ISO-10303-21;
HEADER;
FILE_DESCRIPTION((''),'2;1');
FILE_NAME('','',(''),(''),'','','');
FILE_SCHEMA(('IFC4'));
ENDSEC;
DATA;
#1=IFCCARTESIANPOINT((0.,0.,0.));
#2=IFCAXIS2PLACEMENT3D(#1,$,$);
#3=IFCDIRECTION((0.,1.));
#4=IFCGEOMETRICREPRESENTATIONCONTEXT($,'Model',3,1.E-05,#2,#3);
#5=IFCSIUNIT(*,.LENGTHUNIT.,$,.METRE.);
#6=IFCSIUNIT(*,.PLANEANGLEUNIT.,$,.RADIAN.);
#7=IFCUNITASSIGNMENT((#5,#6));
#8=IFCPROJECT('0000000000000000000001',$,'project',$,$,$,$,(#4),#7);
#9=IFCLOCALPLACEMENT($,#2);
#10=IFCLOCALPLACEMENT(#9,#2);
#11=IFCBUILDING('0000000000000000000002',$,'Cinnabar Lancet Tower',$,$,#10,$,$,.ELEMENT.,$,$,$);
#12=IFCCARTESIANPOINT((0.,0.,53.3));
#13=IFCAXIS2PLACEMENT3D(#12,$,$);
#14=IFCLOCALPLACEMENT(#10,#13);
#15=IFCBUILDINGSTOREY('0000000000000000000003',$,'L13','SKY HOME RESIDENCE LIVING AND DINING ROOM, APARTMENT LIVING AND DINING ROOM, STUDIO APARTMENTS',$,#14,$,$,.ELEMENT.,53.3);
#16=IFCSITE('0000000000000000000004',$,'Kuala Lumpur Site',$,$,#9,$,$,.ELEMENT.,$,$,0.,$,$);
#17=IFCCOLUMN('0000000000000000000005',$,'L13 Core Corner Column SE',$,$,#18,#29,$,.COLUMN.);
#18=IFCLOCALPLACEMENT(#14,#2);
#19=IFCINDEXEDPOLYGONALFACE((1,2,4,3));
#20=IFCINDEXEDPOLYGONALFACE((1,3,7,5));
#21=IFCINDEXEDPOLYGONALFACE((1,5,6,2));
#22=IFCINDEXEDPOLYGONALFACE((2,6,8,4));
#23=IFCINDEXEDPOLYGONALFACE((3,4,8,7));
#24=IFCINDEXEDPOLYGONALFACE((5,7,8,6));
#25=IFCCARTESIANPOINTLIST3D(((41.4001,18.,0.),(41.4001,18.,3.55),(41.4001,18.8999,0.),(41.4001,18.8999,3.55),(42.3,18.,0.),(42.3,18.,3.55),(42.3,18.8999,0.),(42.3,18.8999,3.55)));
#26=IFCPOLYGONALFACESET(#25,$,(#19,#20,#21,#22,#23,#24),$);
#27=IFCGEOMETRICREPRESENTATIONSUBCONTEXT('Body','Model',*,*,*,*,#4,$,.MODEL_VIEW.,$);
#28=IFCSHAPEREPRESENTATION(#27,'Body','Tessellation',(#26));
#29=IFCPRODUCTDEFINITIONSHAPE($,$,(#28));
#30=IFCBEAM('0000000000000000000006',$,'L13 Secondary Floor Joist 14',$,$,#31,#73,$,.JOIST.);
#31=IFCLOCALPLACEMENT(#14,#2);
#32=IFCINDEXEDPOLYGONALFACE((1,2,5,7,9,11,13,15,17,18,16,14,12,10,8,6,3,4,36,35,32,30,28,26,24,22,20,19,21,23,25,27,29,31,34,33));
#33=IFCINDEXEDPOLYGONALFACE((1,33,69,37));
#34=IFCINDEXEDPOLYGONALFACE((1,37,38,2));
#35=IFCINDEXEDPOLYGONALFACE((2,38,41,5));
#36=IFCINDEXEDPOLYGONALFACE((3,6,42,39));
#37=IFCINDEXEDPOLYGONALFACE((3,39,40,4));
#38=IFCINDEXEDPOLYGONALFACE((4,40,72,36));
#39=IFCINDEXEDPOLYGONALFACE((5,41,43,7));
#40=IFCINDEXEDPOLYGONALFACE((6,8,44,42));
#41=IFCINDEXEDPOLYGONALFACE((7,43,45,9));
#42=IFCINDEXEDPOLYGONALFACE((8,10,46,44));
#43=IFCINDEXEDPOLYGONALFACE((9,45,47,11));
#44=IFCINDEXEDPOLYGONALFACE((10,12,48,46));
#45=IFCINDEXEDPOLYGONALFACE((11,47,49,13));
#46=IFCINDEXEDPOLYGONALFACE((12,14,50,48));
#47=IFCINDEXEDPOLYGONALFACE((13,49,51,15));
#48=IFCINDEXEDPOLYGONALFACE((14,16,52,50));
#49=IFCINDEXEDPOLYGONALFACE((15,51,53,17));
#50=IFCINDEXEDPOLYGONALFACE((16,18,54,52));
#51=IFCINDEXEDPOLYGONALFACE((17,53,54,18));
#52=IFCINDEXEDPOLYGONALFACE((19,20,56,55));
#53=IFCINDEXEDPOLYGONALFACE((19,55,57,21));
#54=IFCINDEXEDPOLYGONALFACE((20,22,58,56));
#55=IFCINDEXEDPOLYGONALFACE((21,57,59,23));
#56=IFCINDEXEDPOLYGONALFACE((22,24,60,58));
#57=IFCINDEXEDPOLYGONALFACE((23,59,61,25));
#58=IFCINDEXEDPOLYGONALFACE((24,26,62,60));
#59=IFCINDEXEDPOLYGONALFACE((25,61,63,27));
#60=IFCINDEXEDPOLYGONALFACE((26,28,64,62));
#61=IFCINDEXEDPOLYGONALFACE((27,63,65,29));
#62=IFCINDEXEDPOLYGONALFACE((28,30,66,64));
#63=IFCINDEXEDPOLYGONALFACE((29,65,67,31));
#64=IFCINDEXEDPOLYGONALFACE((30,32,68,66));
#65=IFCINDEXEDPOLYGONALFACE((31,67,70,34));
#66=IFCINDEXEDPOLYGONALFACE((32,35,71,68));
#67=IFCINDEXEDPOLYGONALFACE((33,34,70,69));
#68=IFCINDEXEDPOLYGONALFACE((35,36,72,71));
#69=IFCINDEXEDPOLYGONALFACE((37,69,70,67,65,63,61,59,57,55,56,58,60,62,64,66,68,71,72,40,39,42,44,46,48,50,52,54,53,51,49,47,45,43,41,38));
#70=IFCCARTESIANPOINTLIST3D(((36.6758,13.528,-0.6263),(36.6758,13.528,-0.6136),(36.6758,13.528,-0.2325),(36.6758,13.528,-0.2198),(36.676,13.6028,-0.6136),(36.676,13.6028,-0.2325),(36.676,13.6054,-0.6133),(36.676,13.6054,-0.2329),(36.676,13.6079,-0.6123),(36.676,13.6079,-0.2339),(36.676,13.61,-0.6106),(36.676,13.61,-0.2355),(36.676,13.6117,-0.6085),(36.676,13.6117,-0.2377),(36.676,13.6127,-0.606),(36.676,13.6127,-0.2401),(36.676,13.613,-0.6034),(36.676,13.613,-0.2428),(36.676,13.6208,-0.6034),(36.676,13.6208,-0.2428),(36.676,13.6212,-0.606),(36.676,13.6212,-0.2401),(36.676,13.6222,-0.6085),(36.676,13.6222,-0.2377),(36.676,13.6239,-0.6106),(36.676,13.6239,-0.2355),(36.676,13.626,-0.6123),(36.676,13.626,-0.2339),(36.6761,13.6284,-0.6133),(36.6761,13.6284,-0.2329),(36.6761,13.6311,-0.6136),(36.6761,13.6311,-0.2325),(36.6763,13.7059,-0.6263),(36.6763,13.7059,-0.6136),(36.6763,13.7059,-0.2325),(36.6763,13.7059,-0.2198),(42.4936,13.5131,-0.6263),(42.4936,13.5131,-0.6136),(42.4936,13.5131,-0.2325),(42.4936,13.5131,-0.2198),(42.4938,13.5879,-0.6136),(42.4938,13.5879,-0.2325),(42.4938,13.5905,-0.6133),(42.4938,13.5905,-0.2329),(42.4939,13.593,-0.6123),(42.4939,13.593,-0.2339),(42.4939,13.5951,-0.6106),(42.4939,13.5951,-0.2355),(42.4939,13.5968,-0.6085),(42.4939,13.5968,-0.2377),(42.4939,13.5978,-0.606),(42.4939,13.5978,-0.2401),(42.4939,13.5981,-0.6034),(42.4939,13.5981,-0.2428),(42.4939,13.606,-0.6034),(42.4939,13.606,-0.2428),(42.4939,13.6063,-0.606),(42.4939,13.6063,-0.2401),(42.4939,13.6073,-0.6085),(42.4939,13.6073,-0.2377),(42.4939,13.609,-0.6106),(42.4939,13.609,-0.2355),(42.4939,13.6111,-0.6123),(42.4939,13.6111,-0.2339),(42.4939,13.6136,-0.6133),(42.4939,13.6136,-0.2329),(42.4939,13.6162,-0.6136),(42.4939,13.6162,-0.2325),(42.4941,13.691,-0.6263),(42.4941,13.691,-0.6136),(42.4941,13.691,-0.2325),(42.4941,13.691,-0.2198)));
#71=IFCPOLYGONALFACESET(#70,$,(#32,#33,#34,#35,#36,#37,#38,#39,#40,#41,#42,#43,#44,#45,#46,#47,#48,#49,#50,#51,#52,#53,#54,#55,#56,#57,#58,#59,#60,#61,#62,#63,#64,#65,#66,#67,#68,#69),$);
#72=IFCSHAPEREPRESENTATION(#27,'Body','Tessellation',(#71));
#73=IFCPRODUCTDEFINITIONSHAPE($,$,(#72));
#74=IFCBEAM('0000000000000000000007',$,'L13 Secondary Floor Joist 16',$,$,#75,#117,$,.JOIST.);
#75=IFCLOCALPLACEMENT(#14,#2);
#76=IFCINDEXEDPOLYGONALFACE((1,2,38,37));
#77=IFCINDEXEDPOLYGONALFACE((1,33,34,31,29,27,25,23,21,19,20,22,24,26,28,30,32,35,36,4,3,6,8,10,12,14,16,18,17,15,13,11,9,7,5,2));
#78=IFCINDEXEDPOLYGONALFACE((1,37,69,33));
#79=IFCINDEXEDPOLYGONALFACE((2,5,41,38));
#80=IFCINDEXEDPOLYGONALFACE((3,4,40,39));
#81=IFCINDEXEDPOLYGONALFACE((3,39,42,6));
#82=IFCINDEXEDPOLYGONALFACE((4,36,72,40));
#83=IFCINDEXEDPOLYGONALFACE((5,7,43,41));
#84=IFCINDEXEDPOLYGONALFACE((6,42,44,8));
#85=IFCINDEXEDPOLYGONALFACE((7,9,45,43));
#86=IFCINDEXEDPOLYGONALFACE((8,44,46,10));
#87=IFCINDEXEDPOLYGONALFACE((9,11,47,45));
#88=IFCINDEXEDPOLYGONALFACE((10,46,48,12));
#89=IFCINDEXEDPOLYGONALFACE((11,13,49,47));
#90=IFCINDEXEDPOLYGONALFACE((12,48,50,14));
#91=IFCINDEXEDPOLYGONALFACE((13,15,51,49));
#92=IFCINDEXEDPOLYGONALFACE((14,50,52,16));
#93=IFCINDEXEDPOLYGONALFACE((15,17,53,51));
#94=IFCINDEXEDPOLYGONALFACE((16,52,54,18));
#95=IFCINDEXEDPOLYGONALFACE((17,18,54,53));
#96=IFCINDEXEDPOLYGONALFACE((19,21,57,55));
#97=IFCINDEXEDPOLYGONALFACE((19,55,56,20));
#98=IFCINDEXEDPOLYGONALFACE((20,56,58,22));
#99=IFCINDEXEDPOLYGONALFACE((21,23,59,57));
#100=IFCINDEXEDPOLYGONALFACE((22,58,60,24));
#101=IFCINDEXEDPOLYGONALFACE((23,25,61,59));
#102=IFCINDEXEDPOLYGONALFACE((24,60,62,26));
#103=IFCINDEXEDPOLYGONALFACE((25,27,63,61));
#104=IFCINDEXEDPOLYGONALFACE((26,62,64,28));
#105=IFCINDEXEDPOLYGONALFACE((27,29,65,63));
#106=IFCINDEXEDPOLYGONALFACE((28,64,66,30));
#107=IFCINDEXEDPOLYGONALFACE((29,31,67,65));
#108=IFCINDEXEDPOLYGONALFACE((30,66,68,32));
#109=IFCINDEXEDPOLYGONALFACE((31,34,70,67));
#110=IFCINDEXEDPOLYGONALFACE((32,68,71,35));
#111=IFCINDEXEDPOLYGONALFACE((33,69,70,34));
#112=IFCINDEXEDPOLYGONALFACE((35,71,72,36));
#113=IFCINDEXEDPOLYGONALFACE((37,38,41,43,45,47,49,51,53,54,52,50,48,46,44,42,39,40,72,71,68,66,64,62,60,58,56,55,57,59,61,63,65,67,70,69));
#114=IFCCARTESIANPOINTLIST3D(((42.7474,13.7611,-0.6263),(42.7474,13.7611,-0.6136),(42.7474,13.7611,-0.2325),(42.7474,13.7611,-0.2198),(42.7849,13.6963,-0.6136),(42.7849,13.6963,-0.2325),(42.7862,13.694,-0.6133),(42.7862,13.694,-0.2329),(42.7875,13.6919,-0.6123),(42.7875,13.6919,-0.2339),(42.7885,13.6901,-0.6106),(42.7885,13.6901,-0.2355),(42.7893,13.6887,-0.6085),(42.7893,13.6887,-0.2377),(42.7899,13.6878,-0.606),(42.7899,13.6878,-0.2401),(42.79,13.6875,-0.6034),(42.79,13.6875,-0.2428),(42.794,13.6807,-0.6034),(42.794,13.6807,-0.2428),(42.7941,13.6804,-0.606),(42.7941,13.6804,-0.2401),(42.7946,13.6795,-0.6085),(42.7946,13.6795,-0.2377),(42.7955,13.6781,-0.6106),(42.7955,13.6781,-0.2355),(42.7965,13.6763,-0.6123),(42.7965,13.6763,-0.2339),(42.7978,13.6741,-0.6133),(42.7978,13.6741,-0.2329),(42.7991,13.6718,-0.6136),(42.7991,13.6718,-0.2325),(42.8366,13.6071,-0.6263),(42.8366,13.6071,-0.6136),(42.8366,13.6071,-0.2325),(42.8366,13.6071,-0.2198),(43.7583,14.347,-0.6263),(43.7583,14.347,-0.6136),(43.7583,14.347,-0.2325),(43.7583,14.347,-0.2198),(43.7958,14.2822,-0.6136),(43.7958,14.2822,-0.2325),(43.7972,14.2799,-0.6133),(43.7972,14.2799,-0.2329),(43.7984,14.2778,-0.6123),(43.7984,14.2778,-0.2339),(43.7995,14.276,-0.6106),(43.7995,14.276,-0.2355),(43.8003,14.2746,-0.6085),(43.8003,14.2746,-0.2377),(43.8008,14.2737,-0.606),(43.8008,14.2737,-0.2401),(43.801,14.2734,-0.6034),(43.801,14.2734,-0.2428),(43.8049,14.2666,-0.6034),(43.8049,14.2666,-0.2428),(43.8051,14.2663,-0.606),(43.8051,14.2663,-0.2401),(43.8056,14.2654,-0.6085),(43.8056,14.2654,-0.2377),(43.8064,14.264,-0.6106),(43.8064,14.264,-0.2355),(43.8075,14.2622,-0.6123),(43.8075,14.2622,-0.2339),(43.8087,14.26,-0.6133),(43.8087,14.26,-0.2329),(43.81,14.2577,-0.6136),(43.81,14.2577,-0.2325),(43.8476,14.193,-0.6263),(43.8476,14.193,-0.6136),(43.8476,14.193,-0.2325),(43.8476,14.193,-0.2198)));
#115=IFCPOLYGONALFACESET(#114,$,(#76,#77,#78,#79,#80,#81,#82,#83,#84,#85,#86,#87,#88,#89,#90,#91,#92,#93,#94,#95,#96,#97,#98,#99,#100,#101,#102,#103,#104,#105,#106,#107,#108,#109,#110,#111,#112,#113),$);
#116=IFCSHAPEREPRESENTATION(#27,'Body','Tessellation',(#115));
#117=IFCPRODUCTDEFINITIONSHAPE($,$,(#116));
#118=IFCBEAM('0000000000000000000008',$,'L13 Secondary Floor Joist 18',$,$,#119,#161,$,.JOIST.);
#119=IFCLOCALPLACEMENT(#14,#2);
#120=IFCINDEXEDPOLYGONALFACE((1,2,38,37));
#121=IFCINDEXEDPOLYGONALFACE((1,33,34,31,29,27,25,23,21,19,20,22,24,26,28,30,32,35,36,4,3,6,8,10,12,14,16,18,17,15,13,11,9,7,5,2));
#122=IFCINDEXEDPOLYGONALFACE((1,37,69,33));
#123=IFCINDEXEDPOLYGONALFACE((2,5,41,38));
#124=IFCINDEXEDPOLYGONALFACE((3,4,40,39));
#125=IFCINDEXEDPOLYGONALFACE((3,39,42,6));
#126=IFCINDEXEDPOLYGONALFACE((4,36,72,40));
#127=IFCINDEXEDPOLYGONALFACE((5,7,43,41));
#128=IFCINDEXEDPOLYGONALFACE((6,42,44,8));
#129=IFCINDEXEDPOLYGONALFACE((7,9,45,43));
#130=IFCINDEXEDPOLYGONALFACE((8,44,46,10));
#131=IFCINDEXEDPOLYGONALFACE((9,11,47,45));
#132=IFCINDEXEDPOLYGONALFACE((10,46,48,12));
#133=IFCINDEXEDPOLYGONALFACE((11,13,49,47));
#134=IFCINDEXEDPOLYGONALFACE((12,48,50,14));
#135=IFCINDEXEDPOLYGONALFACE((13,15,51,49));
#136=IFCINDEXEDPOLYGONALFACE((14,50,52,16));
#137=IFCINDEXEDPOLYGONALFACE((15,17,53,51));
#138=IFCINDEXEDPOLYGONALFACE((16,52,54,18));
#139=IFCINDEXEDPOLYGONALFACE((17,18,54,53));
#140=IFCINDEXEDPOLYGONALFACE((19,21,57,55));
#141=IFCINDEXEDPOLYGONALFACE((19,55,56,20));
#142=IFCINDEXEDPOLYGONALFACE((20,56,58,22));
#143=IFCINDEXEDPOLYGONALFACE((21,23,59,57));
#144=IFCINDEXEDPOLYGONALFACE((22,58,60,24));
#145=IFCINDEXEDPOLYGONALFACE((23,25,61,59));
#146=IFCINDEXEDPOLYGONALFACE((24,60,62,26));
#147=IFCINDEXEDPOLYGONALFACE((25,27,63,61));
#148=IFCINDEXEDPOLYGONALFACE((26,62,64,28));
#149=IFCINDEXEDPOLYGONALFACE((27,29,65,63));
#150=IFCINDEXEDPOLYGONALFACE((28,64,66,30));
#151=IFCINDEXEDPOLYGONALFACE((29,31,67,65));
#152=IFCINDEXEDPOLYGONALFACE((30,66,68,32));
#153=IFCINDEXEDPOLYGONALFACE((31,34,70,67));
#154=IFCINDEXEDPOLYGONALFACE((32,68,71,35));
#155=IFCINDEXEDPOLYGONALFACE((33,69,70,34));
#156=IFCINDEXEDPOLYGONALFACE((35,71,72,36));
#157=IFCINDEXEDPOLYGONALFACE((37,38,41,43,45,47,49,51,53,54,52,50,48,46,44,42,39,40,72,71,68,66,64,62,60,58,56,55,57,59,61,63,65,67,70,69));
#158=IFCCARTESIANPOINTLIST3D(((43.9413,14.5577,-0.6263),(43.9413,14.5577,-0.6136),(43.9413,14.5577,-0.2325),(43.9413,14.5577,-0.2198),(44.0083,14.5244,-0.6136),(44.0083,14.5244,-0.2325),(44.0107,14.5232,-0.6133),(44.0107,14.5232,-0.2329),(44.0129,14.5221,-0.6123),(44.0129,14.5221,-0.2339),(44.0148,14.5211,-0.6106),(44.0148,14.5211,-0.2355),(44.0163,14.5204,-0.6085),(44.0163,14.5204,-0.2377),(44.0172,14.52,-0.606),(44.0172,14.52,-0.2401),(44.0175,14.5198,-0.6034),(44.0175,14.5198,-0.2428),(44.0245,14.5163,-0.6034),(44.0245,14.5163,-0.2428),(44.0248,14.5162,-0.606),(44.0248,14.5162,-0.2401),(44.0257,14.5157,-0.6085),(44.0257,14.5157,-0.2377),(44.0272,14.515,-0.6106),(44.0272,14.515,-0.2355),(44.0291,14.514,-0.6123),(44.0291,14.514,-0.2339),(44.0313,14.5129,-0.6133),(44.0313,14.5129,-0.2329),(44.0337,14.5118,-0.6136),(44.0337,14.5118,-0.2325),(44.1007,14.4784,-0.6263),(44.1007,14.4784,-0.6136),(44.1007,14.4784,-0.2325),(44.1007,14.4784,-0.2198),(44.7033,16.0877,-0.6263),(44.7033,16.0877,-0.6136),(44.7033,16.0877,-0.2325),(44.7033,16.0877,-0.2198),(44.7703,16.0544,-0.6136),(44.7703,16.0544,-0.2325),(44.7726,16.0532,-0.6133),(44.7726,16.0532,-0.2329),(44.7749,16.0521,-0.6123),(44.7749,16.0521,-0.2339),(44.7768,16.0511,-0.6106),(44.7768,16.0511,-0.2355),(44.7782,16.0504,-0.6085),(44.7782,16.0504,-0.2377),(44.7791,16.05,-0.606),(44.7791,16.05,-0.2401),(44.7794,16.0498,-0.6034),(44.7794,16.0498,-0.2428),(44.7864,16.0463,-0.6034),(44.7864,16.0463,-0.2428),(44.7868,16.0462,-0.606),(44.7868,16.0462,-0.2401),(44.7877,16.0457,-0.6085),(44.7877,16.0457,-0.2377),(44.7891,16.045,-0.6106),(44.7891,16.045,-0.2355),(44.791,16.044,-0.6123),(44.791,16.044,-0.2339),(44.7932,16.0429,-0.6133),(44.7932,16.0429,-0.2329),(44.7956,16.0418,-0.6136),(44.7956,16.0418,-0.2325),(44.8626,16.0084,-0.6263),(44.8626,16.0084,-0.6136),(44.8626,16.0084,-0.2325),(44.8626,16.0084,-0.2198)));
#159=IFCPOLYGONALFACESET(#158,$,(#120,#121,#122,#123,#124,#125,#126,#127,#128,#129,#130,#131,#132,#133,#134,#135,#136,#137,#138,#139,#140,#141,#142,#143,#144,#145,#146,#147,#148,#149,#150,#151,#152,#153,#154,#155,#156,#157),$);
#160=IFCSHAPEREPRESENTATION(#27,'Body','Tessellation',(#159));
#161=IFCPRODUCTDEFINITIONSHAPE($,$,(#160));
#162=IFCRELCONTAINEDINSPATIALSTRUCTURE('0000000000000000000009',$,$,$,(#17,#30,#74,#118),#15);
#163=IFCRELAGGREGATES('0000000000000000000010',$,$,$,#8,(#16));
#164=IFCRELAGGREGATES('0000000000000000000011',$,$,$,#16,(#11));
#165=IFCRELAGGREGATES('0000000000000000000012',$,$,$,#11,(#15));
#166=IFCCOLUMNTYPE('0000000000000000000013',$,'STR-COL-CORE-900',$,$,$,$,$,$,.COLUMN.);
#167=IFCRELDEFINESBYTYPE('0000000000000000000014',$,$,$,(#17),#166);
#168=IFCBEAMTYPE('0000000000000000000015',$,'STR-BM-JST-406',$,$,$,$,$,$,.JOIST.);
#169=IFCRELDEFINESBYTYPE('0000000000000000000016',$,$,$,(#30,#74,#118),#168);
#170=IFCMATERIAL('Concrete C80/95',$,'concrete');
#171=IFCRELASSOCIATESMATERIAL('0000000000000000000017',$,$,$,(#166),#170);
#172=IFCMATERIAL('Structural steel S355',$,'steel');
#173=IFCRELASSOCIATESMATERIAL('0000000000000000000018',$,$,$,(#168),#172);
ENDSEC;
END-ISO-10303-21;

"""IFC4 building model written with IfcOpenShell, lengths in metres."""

from ifc_helpers import new_model, si_unit, direction, frame, origin, origin_2d, place, context, subcontext, project, spatial, rectangle, i_section, extrude, material, material_profile, profile_set, type_object, element, save


model = new_model("IFC4")

# Units and contexts
model_context = context("Model", 3, precision=1e-05, world=origin(), true_north=direction((0.0, 1.0)))
body_context = subcontext(model_context, "Body", "Model", "MODEL_VIEW")
ifc_project = project(units=[si_unit("LENGTHUNIT", "METRE"), si_unit("PLANEANGLEUNIT", "RADIAN")], contexts=[model_context])

# Site, building, storey
site_placement = place(None, origin())
site = spatial("IfcSite", under=ifc_project, at=site_placement, Name="Kuala Lumpur Site", CompositionType="ELEMENT", RefElevation=0.0)
building_placement = place(site_placement, origin())
building = spatial("IfcBuilding", under=site, at=building_placement, Name="Cinnabar Lancet Tower", CompositionType="ELEMENT")
storey_placement = place(building_placement, frame((0.0, 0.0, 53.3)))
storey = spatial("IfcBuildingStorey", under=building, at=storey_placement, Name="L13", Description="SKY HOME RESIDENCE LIVING AND DINING ROOM, APARTMENT LIVING AND DINING ROOM, STUDIO APARTMENTS", CompositionType="ELEMENT", Elevation=53.3)

# Column
ifc_material_1 = material(Name="Concrete C80/95", Category="concrete")
ifc_material_profile_1 = material_profile(ifc_material_1, rectangle(XDim=0.8999, YDim=0.8999, at=origin_2d()), Name="RC-COL 900x900")
ifc_profile_set_1 = profile_set([ifc_material_profile_1], Name="Concrete C80/95")
column_type = type_object("IfcColumnType", Name="STR-COL-CORE-900", PredefinedType="COLUMN", material=ifc_profile_set_1)
column_placement = place(storey_placement, frame((41.8501, 18.45, 0.0), z_axis=(0.0, 0.0, 1.0), x_axis=(1.0, 0.0, 0.0)))
element("IfcColumn", 1, at=column_placement, inside=storey, type_object=column_type, Name="L13 Core Corner Column SE", PredefinedType="COLUMN", context=body_context, shape_type="SweptSolid", body=[
    extrude(rectangle(XDim=0.8999, YDim=0.8999, at=origin_2d()), origin(), (0.0, 0.0, 1.0), 3.55),
])

# Beams
ifc_material_2 = material(Name="Structural steel S355", Category="steel")
ifc_material_profile_2 = material_profile(ifc_material_2, i_section(OverallWidth=0.178, OverallDepth=0.4065, WebThickness=0.0078, FlangeThickness=0.0127, FilletRadius=0.0103, at=origin_2d()), Name="UKB 406x178x60")
ifc_profile_set_2 = profile_set([ifc_material_profile_2], Name="Structural steel S355")
beam_type_1 = type_object("IfcBeamType", Name="STR-BM-JST-406", PredefinedType="JOIST", material=ifc_profile_set_2)
beam_1_placement = place(storey_placement, frame((36.676, 13.6169, -0.4231), z_axis=(0.999997, -0.00256, 0.0), x_axis=(0.00256, 0.999997, 0.0)))
element("IfcBeam", 2, at=beam_1_placement, inside=storey, type_object=beam_type_1, Name="L13 Secondary Floor Joist 14", PredefinedType="JOIST", context=body_context, shape_type="SweptSolid", body=[
    extrude(i_section(OverallWidth=0.178, OverallDepth=0.4065, WebThickness=0.0078, FlangeThickness=0.0127, FilletRadius=0.0103, at=origin_2d()), origin(), (0.0, 0.0, 1.0), 5.8179),
])
beam_2_placement = place(storey_placement, frame((42.792, 13.6841, -0.4231), z_axis=(0.865193, 0.50144, 0.0), x_axis=(-0.50144, 0.865193, 0.0)))
element("IfcBeam", 3, at=beam_2_placement, inside=storey, type_object=beam_type_1, Name="L13 Secondary Floor Joist 16", PredefinedType="JOIST", context=body_context, shape_type="SweptSolid", body=[
    extrude(i_section(OverallWidth=0.178, OverallDepth=0.4065, WebThickness=0.0078, FlangeThickness=0.0127, FilletRadius=0.0103, at=origin_2d()), origin(), (0.0, 0.0, 1.0), 1.1685),
])
beam_3_placement = place(storey_placement, frame((44.021, 14.5181, -0.4231), z_axis=(0.445785, 0.89514, 0.0), x_axis=(-0.89514, 0.445785, 0.0)))
element("IfcBeam", 4, at=beam_3_placement, inside=storey, type_object=beam_type_1, Name="L13 Secondary Floor Joist 18", PredefinedType="JOIST", context=body_context, shape_type="SweptSolid", body=[
    extrude(i_section(OverallWidth=0.178, OverallDepth=0.4065, WebThickness=0.0078, FlangeThickness=0.0127, FilletRadius=0.0103, at=origin_2d()), origin(), (0.0, 0.0, 1.0), 1.7092),
])

save(model, "model.ifc")
